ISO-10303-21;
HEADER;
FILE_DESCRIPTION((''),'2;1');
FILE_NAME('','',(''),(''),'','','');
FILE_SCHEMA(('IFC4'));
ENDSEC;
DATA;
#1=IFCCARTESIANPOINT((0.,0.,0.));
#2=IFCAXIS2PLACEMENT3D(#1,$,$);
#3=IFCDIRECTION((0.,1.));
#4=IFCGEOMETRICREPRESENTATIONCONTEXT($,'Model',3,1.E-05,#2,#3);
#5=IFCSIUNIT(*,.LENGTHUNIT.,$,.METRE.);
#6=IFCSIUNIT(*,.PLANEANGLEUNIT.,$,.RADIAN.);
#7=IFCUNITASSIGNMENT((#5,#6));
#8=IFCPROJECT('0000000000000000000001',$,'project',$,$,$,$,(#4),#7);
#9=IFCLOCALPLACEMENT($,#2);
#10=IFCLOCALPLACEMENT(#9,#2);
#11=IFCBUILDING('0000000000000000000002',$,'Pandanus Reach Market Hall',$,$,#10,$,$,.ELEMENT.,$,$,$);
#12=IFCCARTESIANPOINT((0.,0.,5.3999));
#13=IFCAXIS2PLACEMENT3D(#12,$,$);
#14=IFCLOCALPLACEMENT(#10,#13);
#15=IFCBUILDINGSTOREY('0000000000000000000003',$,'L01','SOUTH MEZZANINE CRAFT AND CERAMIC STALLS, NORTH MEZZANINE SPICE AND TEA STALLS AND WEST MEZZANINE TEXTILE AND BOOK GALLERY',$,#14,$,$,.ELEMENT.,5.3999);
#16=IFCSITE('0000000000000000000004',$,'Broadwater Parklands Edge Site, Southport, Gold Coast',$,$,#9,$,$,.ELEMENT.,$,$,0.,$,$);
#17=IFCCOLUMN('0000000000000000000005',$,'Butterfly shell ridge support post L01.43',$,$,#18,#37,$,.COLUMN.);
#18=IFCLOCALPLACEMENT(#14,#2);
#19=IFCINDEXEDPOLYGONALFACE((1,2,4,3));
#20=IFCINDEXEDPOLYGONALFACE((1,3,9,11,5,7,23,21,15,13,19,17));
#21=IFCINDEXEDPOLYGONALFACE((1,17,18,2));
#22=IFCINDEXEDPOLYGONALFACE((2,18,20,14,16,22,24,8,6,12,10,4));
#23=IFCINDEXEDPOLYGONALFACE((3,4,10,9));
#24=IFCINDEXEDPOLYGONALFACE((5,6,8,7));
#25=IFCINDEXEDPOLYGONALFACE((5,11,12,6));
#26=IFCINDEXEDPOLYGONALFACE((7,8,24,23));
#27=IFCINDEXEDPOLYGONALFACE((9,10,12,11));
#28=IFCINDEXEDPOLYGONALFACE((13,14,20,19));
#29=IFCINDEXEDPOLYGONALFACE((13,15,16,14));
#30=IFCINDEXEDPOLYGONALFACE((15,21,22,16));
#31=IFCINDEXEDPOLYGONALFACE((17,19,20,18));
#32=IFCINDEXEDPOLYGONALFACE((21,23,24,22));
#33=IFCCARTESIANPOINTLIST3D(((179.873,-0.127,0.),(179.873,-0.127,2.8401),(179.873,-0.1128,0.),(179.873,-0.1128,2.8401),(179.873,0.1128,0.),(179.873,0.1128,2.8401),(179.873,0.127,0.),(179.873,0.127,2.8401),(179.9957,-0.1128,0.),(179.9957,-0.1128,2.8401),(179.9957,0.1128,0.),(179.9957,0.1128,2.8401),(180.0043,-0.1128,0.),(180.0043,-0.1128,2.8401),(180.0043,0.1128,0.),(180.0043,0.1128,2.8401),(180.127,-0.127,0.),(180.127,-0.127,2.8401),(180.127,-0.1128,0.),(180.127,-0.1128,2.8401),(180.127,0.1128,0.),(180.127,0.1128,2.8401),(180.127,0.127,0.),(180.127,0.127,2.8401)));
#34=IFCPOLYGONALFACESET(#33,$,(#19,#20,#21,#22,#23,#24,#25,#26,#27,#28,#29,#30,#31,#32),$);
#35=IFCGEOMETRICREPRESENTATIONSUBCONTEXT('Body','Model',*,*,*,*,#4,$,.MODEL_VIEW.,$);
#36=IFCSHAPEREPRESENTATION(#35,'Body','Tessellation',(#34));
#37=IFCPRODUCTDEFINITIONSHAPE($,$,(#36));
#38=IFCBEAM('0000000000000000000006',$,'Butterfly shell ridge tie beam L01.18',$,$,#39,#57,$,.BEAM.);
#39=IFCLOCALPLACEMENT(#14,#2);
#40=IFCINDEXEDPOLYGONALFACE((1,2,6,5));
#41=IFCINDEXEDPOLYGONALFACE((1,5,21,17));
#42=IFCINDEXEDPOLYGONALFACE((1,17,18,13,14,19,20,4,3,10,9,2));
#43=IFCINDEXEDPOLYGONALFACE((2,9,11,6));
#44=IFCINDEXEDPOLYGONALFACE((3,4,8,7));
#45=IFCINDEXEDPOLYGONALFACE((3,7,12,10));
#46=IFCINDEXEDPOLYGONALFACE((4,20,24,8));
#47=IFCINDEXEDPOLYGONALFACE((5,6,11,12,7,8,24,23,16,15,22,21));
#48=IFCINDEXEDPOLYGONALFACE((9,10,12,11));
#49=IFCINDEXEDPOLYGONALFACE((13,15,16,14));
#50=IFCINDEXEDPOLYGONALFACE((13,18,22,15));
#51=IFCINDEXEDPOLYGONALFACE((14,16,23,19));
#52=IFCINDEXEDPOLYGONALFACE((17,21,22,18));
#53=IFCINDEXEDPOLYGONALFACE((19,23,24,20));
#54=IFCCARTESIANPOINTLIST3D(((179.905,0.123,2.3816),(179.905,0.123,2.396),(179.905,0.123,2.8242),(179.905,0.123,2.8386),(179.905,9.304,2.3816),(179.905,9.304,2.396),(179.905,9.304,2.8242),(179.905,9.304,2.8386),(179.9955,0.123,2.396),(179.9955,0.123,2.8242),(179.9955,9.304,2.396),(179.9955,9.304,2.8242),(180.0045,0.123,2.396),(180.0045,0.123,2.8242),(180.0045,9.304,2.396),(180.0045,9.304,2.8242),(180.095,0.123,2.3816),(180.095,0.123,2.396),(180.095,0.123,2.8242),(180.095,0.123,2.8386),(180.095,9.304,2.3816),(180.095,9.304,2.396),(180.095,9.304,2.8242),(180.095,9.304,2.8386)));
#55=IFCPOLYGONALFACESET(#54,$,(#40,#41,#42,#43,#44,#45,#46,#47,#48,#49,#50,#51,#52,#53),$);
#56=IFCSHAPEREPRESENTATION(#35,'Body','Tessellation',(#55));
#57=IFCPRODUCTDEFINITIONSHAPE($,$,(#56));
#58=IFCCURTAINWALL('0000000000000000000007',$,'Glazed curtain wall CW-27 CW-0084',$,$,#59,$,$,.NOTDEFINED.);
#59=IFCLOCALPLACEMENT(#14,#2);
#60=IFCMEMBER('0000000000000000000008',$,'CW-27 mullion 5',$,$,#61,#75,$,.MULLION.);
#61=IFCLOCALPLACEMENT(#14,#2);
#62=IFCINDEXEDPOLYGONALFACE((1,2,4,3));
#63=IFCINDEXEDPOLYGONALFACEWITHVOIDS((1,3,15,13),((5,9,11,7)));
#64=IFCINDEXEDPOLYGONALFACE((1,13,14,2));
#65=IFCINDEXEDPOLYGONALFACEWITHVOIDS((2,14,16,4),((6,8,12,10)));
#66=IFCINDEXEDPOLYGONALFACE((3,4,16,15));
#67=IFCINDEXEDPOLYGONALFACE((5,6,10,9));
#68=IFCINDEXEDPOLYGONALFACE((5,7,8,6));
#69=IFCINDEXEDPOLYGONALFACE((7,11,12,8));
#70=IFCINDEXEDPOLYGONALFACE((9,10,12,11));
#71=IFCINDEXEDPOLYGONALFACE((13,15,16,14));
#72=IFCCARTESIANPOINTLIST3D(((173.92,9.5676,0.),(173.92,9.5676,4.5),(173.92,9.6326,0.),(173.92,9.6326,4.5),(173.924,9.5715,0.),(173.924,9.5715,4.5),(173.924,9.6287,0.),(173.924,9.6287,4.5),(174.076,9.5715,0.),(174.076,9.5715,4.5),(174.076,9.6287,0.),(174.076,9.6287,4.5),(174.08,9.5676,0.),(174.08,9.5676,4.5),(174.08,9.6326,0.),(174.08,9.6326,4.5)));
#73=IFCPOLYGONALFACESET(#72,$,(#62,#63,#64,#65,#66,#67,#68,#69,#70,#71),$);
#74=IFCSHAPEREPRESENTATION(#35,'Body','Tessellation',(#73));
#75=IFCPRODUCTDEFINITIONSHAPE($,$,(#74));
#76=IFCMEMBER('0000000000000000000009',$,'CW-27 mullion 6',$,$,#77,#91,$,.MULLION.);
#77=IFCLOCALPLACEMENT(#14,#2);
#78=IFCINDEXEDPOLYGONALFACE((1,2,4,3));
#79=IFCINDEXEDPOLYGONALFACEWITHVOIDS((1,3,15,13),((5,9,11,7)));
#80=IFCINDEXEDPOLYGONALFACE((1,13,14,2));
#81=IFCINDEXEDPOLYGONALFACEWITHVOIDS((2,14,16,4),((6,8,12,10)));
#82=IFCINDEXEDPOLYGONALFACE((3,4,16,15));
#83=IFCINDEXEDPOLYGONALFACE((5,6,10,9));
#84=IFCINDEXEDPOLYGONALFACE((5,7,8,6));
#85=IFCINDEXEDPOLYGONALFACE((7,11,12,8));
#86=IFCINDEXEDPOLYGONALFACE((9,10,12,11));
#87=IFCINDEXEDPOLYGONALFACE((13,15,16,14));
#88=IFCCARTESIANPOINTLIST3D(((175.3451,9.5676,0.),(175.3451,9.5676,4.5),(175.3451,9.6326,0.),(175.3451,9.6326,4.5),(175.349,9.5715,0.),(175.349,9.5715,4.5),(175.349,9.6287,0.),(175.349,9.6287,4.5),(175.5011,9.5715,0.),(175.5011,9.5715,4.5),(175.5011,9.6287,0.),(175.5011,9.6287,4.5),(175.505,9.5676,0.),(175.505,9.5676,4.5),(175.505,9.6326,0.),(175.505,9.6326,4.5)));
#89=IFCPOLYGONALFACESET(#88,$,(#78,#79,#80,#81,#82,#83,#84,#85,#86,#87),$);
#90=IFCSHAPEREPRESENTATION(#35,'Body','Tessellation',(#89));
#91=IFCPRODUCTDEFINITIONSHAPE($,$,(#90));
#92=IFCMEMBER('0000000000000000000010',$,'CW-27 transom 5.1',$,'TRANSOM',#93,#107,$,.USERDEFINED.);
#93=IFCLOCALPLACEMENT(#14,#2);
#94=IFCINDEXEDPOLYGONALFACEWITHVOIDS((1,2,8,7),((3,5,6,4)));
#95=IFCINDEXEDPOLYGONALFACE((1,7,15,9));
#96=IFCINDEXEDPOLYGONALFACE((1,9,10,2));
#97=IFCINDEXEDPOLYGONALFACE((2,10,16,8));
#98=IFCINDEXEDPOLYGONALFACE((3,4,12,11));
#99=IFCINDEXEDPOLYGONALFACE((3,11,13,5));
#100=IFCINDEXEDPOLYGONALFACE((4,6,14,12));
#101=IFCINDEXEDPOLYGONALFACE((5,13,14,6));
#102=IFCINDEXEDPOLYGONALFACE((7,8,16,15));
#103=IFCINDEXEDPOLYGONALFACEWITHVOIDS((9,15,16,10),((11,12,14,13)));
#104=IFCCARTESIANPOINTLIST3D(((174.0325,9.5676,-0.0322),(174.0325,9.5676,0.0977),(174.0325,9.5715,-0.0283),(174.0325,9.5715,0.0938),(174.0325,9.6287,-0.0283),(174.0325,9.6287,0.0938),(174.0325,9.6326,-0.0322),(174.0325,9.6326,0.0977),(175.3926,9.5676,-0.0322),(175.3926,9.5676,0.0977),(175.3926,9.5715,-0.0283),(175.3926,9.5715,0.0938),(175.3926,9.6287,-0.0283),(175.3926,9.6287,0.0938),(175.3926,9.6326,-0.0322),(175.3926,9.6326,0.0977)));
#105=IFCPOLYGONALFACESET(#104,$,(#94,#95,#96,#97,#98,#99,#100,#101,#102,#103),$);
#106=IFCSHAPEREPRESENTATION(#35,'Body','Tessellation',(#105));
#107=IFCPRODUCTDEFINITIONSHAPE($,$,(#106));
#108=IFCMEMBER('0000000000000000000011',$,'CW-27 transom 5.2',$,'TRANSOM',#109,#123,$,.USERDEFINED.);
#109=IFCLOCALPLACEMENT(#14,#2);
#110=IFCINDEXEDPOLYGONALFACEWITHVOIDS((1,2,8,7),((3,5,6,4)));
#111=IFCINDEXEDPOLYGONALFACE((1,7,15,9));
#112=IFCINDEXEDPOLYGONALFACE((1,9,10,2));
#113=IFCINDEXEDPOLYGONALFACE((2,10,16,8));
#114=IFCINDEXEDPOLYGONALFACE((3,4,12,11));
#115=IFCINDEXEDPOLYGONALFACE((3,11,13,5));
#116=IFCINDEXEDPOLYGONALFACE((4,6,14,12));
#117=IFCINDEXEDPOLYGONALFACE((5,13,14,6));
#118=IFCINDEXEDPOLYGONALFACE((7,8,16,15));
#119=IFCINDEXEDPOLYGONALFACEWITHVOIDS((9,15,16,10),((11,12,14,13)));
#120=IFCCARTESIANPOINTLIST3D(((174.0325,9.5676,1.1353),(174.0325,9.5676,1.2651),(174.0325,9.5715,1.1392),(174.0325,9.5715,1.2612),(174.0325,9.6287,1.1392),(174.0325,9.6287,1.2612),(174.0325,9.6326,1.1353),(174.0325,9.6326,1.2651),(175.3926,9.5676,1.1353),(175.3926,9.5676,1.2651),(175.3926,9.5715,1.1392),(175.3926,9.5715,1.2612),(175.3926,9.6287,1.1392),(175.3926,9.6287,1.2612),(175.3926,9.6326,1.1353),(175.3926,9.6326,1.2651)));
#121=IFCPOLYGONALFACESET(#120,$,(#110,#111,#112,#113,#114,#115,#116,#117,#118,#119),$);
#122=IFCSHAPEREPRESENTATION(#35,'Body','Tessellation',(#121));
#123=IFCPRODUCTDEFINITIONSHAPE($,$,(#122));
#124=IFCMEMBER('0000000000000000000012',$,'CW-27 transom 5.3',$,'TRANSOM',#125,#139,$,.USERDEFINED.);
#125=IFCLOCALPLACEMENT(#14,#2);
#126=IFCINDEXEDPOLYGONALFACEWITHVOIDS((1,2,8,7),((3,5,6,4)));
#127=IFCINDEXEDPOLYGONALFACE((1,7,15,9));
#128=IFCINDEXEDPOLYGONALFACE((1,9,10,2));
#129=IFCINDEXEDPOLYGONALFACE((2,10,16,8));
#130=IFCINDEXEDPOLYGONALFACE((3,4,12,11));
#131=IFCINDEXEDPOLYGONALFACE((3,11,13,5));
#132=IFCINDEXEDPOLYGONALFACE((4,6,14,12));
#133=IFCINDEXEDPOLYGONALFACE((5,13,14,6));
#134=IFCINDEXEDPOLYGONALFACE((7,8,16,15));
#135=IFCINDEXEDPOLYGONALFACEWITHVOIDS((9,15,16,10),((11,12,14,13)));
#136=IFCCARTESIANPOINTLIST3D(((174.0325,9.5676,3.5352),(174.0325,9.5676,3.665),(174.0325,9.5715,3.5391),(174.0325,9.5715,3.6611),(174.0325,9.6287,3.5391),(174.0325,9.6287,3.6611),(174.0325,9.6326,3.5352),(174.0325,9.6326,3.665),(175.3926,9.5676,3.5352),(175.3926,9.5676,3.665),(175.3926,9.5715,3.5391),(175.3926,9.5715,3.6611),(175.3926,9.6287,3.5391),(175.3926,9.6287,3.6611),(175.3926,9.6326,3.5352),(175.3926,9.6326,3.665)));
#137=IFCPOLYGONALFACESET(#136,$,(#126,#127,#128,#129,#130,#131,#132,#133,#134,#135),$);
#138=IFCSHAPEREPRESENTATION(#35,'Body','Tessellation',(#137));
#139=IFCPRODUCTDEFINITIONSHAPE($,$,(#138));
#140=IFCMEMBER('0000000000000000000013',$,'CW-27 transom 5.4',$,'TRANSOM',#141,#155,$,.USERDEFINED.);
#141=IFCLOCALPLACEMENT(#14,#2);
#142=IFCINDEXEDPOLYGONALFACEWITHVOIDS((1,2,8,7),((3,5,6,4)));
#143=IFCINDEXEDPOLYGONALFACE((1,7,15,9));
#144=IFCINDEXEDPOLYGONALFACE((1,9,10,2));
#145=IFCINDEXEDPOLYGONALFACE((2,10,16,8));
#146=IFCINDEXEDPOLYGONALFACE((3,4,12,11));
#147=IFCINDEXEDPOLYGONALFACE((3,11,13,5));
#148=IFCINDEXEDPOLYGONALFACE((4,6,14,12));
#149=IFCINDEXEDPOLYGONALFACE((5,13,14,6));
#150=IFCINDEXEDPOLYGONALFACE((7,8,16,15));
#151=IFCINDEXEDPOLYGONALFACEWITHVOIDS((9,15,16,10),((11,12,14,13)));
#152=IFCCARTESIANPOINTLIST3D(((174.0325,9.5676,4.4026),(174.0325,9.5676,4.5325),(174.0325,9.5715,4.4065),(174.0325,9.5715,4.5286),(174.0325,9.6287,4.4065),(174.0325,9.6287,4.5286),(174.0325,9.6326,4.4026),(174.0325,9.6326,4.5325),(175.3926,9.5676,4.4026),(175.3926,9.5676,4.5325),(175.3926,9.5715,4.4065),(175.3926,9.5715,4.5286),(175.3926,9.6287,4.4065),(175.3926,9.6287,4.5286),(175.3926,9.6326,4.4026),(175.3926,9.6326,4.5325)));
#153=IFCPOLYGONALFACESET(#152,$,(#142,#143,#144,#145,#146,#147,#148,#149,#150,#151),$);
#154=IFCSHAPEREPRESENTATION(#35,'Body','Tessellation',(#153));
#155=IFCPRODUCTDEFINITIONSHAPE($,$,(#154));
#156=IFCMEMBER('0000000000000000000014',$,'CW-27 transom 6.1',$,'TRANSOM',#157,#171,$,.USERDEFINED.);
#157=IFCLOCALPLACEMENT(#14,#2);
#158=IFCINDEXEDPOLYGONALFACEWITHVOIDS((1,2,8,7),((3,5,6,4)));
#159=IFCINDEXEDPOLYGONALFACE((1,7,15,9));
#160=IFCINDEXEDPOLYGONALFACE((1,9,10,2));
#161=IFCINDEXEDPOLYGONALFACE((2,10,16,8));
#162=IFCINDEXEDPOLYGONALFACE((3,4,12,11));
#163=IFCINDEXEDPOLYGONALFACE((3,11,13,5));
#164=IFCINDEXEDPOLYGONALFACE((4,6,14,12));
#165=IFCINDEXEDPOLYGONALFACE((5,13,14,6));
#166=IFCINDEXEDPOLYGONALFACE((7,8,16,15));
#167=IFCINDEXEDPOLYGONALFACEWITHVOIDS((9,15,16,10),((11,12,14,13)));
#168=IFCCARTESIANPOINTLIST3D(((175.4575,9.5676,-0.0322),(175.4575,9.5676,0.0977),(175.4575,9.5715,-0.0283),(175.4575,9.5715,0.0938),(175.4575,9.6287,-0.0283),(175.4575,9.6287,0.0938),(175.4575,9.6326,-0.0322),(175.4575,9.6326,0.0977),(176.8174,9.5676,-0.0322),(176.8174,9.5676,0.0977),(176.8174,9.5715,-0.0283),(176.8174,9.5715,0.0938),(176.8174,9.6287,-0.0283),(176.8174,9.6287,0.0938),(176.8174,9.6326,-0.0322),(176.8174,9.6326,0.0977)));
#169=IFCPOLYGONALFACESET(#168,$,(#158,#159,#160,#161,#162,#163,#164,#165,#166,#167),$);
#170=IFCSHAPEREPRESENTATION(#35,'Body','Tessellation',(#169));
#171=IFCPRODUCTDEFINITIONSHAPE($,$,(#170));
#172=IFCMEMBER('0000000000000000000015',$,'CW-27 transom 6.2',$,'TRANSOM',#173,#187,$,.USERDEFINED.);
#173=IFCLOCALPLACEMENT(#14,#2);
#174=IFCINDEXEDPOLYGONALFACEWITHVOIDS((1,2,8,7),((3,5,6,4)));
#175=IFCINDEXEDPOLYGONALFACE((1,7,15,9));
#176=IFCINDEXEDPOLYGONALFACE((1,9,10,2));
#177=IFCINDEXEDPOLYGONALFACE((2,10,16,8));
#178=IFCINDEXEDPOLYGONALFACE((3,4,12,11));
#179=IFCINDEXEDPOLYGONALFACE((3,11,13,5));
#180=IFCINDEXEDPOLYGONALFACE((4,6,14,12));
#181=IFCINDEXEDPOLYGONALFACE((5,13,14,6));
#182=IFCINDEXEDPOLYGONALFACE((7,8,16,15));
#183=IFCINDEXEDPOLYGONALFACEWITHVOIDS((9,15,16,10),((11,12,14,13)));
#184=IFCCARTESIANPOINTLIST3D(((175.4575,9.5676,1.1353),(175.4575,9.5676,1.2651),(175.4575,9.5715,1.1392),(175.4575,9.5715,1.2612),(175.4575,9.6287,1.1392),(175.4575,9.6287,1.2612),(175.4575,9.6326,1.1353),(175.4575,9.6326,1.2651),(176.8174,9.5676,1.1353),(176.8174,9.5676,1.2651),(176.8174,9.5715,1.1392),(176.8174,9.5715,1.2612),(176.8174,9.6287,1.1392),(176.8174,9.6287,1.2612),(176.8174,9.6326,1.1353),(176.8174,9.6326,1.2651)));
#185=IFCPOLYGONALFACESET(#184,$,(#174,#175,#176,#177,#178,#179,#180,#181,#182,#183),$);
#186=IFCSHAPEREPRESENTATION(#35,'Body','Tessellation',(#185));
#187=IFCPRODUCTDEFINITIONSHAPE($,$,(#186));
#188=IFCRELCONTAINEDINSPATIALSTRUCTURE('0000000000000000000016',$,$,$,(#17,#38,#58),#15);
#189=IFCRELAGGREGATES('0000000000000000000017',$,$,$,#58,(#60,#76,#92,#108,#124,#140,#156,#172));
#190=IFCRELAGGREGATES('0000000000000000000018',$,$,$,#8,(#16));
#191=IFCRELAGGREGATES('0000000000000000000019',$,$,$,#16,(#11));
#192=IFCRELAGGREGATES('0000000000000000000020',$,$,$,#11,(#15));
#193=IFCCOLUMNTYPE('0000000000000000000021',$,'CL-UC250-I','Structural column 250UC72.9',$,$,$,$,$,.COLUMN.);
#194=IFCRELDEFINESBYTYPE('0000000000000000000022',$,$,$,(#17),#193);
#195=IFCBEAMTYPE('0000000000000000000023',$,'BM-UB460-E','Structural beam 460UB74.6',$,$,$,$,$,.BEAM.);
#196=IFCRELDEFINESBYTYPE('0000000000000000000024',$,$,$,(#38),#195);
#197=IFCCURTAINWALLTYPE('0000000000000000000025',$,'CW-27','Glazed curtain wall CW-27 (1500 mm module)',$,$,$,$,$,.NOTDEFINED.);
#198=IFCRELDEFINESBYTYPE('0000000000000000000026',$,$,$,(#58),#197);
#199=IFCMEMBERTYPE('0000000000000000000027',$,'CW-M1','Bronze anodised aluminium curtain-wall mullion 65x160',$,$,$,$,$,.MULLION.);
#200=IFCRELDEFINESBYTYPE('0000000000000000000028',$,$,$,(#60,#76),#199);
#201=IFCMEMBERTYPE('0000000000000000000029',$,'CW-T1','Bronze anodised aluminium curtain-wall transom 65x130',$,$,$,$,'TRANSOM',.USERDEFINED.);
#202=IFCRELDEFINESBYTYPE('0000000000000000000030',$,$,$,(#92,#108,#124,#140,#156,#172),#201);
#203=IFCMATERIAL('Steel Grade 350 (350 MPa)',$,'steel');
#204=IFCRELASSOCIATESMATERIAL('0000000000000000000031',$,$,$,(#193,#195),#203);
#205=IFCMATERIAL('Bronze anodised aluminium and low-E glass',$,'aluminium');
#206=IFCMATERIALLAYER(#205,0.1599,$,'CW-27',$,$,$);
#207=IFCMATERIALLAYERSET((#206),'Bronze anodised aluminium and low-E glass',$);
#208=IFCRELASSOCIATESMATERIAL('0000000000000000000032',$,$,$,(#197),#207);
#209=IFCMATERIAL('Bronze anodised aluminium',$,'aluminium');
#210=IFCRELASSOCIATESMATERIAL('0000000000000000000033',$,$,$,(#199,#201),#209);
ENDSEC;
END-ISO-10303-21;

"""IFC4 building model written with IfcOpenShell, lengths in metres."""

from ifc_helpers import new_model, si_unit, direction, frame, origin, origin_2d, place, context, subcontext, project, spatial, hollow_rectangle, i_section, extrude, material, layer, layer_set, material_profile, profile_set, type_object, element, aggregate, save


model = new_model("IFC4")

# Units and contexts
model_context = context("Model", 3, precision=1e-05, world=origin(), true_north=direction((0.0, 1.0)))
body_context = subcontext(model_context, "Body", "Model", "MODEL_VIEW")
ifc_project = project(units=[si_unit("LENGTHUNIT", "METRE"), si_unit("PLANEANGLEUNIT", "RADIAN")], contexts=[model_context])

# Site, building, storey
site_placement = place(None, origin())
site = spatial("IfcSite", under=ifc_project, at=site_placement, Name="Broadwater Parklands Edge Site, Southport, Gold Coast", CompositionType="ELEMENT", RefElevation=0.0)
building_placement = place(site_placement, origin())
building = spatial("IfcBuilding", under=site, at=building_placement, Name="Pandanus Reach Market Hall", CompositionType="ELEMENT")
storey_placement = place(building_placement, frame((0.0, 0.0, 5.3999)))
storey = spatial("IfcBuildingStorey", under=building, at=storey_placement, Name="L01", Description="SOUTH MEZZANINE CRAFT AND CERAMIC STALLS, NORTH MEZZANINE SPICE AND TEA STALLS AND WEST MEZZANINE TEXTILE AND BOOK GALLERY", CompositionType="ELEMENT", Elevation=5.3999)

# Column
ifc_material_1 = material(Name="Steel Grade 350 (350 MPa)", Category="steel")
ifc_material_profile_1 = material_profile(ifc_material_1, i_section(OverallWidth=0.2539, OverallDepth=0.2539, WebThickness=0.0085, FlangeThickness=0.0142, at=origin_2d()), Name="250UC72.9", Category="LoadBearing")
ifc_profile_set_1 = profile_set([ifc_material_profile_1], Name="Steel Grade 350 (350 MPa)")
column_type = type_object("IfcColumnType", Name="CL-UC250-I", Description="Structural column 250UC72.9", PredefinedType="COLUMN", material=ifc_profile_set_1)
column_placement = place(storey_placement, frame((180.0, 0.0, 0.0), z_axis=(0.0, 0.0, 1.0), x_axis=(1.0, 0.0, 0.0)))
element("IfcColumn", 1, at=column_placement, inside=storey, type_object=column_type, Name="Butterfly shell ridge support post L01.43", PredefinedType="COLUMN", context=body_context, shape_type="SweptSolid", body=[
    extrude(i_section(OverallWidth=0.2539, OverallDepth=0.2539, WebThickness=0.0085, FlangeThickness=0.0142, at=origin_2d()), origin(), (0.0, 0.0, 1.0), 2.8401),
])

# Beam
ifc_material_profile_2 = material_profile(ifc_material_1, i_section(OverallWidth=0.1899, OverallDepth=0.457, WebThickness=0.009, FlangeThickness=0.0144, at=origin_2d()), Name="460UB74.6", Category="LoadBearing")
ifc_profile_set_2 = profile_set([ifc_material_profile_2], Name="Steel Grade 350 (350 MPa)")
beam_type = type_object("IfcBeamType", Name="BM-UB460-E", Description="Structural beam 460UB74.6", PredefinedType="BEAM", material=ifc_profile_set_2)
beam_placement = place(storey_placement, frame((180.0, 0.123, 2.6101), z_axis=(0.0, 1.0, 0.0), x_axis=(-1.0, 0.0, 0.0)))
element("IfcBeam", 2, at=beam_placement, inside=storey, type_object=beam_type, Name="Butterfly shell ridge tie beam L01.18", PredefinedType="BEAM", context=body_context, shape_type="SweptSolid", body=[
    extrude(i_section(OverallWidth=0.1899, OverallDepth=0.457, WebThickness=0.009, FlangeThickness=0.0144, at=origin_2d()), origin(), (0.0, 0.0, 1.0), 9.1809),
])

# Curtain wall, members
ifc_material_2 = material(Name="Bronze anodised aluminium and low-E glass", Category="aluminium")
ifc_layer_1 = layer(ifc_material_2, 0.1599, Name="CW-27")
ifc_layer_set_1 = layer_set([ifc_layer_1], Name="Bronze anodised aluminium and low-E glass")
curtain_wall_type = type_object("IfcCurtainWallType", Name="CW-27", Description="Glazed curtain wall CW-27 (1500 mm module)", PredefinedType="NOTDEFINED", material=ifc_layer_set_1)
curtain_wall_placement = place(storey_placement, origin())
curtain_wall = element("IfcCurtainWall", 3, at=curtain_wall_placement, inside=storey, type_object=curtain_wall_type, Name="Glazed curtain wall CW-27 CW-0084", PredefinedType="NOTDEFINED")
ifc_material_3 = material(Name="Bronze anodised aluminium", Category="aluminium")
ifc_material_profile_3 = material_profile(ifc_material_3, hollow_rectangle(XDim=0.0649, YDim=0.1599, WallThickness=0.0039, at=origin_2d()), Name="ALU65x160", Category="LoadBearing")
ifc_profile_set_3 = profile_set([ifc_material_profile_3], Name="Bronze anodised aluminium")
member_type_1 = type_object("IfcMemberType", Name="CW-M1", Description="Bronze anodised aluminium curtain-wall mullion 65x160", PredefinedType="MULLION", material=ifc_profile_set_3)
member_1_placement = place(storey_placement, frame((174.0, 9.6001, 0.0), z_axis=(0.0, 0.0, 1.0), x_axis=(0.0, 1.0, 0.0)))
member_1 = element("IfcMember", 4, at=member_1_placement, type_object=member_type_1, Name="CW-27 mullion 5", PredefinedType="MULLION", context=body_context, shape_type="SweptSolid", body=[
    extrude(hollow_rectangle(XDim=0.0649, YDim=0.1599, WallThickness=0.0039, at=origin_2d()), origin(), (0.0, 0.0, 1.0), 4.5),
])
member_2_placement = place(storey_placement, frame((175.425, 9.6001, 0.0), z_axis=(0.0, 0.0, 1.0), x_axis=(0.0, 1.0, 0.0)))
member_2 = element("IfcMember", 5, at=member_2_placement, type_object=member_type_1, Name="CW-27 mullion 6", PredefinedType="MULLION", context=body_context, shape_type="SweptSolid", body=[
    extrude(hollow_rectangle(XDim=0.0649, YDim=0.1599, WallThickness=0.0039, at=origin_2d()), origin(), (0.0, 0.0, 1.0), 4.5),
])
ifc_material_profile_4 = material_profile(ifc_material_3, hollow_rectangle(XDim=0.0649, YDim=0.1299, WallThickness=0.0039, at=origin_2d()), Name="ALU65x130", Category="LoadBearing")
ifc_profile_set_4 = profile_set([ifc_material_profile_4], Name="Bronze anodised aluminium")
member_type_2 = type_object("IfcMemberType", Name="CW-T1", Description="Bronze anodised aluminium curtain-wall transom 65x130", ElementType="TRANSOM", PredefinedType="USERDEFINED", material=ifc_profile_set_4)
member_3_placement = place(storey_placement, frame((174.0325, 9.6001, 0.0327), z_axis=(1.0, 0.0, 0.0), x_axis=(0.0, 1.0, 0.0)))
member_3 = element("IfcMember", 6, at=member_3_placement, type_object=member_type_2, Name="CW-27 transom 5.1", ObjectType="TRANSOM", PredefinedType="USERDEFINED", context=body_context, shape_type="SweptSolid", body=[
    extrude(hollow_rectangle(XDim=0.0649, YDim=0.1299, WallThickness=0.0039, at=origin_2d()), origin(), (0.0, 0.0, 1.0), 1.3601),
])
member_4_placement = place(storey_placement, frame((174.0325, 9.6001, 1.2002), z_axis=(1.0, 0.0, 0.0), x_axis=(0.0, 1.0, 0.0)))
member_4 = element("IfcMember", 7, at=member_4_placement, type_object=member_type_2, Name="CW-27 transom 5.2", ObjectType="TRANSOM", PredefinedType="USERDEFINED", context=body_context, shape_type="SweptSolid", body=[
    extrude(hollow_rectangle(XDim=0.0649, YDim=0.1299, WallThickness=0.0039, at=origin_2d()), origin(), (0.0, 0.0, 1.0), 1.3601),
])
member_5_placement = place(storey_placement, frame((174.0325, 9.6001, 3.6001), z_axis=(1.0, 0.0, 0.0), x_axis=(0.0, 1.0, 0.0)))
member_5 = element("IfcMember", 8, at=member_5_placement, type_object=member_type_2, Name="CW-27 transom 5.3", ObjectType="TRANSOM", PredefinedType="USERDEFINED", context=body_context, shape_type="SweptSolid", body=[
    extrude(hollow_rectangle(XDim=0.0649, YDim=0.1299, WallThickness=0.0039, at=origin_2d()), origin(), (0.0, 0.0, 1.0), 1.3601),
])
member_6_placement = place(storey_placement, frame((174.0325, 9.6001, 4.4675), z_axis=(1.0, 0.0, 0.0), x_axis=(0.0, 1.0, 0.0)))
member_6 = element("IfcMember", 9, at=member_6_placement, type_object=member_type_2, Name="CW-27 transom 5.4", ObjectType="TRANSOM", PredefinedType="USERDEFINED", context=body_context, shape_type="SweptSolid", body=[
    extrude(hollow_rectangle(XDim=0.0649, YDim=0.1299, WallThickness=0.0039, at=origin_2d()), origin(), (0.0, 0.0, 1.0), 1.3601),
])
member_7_placement = place(storey_placement, frame((175.4575, 9.6001, 0.0327), z_axis=(1.0, 0.0, 0.0), x_axis=(0.0, 1.0, 0.0)))
member_7 = element("IfcMember", 10, at=member_7_placement, type_object=member_type_2, Name="CW-27 transom 6.1", ObjectType="TRANSOM", PredefinedType="USERDEFINED", context=body_context, shape_type="SweptSolid", body=[
    extrude(hollow_rectangle(XDim=0.0649, YDim=0.1299, WallThickness=0.0039, at=origin_2d()), origin(), (0.0, 0.0, 1.0), 1.3599),
])
member_8_placement = place(storey_placement, frame((175.4575, 9.6001, 1.2002), z_axis=(1.0, 0.0, 0.0), x_axis=(0.0, 1.0, 0.0)))
member_8 = element("IfcMember", 11, at=member_8_placement, type_object=member_type_2, Name="CW-27 transom 6.2", ObjectType="TRANSOM", PredefinedType="USERDEFINED", context=body_context, shape_type="SweptSolid", body=[
    extrude(hollow_rectangle(XDim=0.0649, YDim=0.1299, WallThickness=0.0039, at=origin_2d()), origin(), (0.0, 0.0, 1.0), 1.3599),
])
aggregate(curtain_wall, [member_1, member_2, member_3, member_4, member_5, member_6, member_7, member_8])

save(model, "model.ifc")
